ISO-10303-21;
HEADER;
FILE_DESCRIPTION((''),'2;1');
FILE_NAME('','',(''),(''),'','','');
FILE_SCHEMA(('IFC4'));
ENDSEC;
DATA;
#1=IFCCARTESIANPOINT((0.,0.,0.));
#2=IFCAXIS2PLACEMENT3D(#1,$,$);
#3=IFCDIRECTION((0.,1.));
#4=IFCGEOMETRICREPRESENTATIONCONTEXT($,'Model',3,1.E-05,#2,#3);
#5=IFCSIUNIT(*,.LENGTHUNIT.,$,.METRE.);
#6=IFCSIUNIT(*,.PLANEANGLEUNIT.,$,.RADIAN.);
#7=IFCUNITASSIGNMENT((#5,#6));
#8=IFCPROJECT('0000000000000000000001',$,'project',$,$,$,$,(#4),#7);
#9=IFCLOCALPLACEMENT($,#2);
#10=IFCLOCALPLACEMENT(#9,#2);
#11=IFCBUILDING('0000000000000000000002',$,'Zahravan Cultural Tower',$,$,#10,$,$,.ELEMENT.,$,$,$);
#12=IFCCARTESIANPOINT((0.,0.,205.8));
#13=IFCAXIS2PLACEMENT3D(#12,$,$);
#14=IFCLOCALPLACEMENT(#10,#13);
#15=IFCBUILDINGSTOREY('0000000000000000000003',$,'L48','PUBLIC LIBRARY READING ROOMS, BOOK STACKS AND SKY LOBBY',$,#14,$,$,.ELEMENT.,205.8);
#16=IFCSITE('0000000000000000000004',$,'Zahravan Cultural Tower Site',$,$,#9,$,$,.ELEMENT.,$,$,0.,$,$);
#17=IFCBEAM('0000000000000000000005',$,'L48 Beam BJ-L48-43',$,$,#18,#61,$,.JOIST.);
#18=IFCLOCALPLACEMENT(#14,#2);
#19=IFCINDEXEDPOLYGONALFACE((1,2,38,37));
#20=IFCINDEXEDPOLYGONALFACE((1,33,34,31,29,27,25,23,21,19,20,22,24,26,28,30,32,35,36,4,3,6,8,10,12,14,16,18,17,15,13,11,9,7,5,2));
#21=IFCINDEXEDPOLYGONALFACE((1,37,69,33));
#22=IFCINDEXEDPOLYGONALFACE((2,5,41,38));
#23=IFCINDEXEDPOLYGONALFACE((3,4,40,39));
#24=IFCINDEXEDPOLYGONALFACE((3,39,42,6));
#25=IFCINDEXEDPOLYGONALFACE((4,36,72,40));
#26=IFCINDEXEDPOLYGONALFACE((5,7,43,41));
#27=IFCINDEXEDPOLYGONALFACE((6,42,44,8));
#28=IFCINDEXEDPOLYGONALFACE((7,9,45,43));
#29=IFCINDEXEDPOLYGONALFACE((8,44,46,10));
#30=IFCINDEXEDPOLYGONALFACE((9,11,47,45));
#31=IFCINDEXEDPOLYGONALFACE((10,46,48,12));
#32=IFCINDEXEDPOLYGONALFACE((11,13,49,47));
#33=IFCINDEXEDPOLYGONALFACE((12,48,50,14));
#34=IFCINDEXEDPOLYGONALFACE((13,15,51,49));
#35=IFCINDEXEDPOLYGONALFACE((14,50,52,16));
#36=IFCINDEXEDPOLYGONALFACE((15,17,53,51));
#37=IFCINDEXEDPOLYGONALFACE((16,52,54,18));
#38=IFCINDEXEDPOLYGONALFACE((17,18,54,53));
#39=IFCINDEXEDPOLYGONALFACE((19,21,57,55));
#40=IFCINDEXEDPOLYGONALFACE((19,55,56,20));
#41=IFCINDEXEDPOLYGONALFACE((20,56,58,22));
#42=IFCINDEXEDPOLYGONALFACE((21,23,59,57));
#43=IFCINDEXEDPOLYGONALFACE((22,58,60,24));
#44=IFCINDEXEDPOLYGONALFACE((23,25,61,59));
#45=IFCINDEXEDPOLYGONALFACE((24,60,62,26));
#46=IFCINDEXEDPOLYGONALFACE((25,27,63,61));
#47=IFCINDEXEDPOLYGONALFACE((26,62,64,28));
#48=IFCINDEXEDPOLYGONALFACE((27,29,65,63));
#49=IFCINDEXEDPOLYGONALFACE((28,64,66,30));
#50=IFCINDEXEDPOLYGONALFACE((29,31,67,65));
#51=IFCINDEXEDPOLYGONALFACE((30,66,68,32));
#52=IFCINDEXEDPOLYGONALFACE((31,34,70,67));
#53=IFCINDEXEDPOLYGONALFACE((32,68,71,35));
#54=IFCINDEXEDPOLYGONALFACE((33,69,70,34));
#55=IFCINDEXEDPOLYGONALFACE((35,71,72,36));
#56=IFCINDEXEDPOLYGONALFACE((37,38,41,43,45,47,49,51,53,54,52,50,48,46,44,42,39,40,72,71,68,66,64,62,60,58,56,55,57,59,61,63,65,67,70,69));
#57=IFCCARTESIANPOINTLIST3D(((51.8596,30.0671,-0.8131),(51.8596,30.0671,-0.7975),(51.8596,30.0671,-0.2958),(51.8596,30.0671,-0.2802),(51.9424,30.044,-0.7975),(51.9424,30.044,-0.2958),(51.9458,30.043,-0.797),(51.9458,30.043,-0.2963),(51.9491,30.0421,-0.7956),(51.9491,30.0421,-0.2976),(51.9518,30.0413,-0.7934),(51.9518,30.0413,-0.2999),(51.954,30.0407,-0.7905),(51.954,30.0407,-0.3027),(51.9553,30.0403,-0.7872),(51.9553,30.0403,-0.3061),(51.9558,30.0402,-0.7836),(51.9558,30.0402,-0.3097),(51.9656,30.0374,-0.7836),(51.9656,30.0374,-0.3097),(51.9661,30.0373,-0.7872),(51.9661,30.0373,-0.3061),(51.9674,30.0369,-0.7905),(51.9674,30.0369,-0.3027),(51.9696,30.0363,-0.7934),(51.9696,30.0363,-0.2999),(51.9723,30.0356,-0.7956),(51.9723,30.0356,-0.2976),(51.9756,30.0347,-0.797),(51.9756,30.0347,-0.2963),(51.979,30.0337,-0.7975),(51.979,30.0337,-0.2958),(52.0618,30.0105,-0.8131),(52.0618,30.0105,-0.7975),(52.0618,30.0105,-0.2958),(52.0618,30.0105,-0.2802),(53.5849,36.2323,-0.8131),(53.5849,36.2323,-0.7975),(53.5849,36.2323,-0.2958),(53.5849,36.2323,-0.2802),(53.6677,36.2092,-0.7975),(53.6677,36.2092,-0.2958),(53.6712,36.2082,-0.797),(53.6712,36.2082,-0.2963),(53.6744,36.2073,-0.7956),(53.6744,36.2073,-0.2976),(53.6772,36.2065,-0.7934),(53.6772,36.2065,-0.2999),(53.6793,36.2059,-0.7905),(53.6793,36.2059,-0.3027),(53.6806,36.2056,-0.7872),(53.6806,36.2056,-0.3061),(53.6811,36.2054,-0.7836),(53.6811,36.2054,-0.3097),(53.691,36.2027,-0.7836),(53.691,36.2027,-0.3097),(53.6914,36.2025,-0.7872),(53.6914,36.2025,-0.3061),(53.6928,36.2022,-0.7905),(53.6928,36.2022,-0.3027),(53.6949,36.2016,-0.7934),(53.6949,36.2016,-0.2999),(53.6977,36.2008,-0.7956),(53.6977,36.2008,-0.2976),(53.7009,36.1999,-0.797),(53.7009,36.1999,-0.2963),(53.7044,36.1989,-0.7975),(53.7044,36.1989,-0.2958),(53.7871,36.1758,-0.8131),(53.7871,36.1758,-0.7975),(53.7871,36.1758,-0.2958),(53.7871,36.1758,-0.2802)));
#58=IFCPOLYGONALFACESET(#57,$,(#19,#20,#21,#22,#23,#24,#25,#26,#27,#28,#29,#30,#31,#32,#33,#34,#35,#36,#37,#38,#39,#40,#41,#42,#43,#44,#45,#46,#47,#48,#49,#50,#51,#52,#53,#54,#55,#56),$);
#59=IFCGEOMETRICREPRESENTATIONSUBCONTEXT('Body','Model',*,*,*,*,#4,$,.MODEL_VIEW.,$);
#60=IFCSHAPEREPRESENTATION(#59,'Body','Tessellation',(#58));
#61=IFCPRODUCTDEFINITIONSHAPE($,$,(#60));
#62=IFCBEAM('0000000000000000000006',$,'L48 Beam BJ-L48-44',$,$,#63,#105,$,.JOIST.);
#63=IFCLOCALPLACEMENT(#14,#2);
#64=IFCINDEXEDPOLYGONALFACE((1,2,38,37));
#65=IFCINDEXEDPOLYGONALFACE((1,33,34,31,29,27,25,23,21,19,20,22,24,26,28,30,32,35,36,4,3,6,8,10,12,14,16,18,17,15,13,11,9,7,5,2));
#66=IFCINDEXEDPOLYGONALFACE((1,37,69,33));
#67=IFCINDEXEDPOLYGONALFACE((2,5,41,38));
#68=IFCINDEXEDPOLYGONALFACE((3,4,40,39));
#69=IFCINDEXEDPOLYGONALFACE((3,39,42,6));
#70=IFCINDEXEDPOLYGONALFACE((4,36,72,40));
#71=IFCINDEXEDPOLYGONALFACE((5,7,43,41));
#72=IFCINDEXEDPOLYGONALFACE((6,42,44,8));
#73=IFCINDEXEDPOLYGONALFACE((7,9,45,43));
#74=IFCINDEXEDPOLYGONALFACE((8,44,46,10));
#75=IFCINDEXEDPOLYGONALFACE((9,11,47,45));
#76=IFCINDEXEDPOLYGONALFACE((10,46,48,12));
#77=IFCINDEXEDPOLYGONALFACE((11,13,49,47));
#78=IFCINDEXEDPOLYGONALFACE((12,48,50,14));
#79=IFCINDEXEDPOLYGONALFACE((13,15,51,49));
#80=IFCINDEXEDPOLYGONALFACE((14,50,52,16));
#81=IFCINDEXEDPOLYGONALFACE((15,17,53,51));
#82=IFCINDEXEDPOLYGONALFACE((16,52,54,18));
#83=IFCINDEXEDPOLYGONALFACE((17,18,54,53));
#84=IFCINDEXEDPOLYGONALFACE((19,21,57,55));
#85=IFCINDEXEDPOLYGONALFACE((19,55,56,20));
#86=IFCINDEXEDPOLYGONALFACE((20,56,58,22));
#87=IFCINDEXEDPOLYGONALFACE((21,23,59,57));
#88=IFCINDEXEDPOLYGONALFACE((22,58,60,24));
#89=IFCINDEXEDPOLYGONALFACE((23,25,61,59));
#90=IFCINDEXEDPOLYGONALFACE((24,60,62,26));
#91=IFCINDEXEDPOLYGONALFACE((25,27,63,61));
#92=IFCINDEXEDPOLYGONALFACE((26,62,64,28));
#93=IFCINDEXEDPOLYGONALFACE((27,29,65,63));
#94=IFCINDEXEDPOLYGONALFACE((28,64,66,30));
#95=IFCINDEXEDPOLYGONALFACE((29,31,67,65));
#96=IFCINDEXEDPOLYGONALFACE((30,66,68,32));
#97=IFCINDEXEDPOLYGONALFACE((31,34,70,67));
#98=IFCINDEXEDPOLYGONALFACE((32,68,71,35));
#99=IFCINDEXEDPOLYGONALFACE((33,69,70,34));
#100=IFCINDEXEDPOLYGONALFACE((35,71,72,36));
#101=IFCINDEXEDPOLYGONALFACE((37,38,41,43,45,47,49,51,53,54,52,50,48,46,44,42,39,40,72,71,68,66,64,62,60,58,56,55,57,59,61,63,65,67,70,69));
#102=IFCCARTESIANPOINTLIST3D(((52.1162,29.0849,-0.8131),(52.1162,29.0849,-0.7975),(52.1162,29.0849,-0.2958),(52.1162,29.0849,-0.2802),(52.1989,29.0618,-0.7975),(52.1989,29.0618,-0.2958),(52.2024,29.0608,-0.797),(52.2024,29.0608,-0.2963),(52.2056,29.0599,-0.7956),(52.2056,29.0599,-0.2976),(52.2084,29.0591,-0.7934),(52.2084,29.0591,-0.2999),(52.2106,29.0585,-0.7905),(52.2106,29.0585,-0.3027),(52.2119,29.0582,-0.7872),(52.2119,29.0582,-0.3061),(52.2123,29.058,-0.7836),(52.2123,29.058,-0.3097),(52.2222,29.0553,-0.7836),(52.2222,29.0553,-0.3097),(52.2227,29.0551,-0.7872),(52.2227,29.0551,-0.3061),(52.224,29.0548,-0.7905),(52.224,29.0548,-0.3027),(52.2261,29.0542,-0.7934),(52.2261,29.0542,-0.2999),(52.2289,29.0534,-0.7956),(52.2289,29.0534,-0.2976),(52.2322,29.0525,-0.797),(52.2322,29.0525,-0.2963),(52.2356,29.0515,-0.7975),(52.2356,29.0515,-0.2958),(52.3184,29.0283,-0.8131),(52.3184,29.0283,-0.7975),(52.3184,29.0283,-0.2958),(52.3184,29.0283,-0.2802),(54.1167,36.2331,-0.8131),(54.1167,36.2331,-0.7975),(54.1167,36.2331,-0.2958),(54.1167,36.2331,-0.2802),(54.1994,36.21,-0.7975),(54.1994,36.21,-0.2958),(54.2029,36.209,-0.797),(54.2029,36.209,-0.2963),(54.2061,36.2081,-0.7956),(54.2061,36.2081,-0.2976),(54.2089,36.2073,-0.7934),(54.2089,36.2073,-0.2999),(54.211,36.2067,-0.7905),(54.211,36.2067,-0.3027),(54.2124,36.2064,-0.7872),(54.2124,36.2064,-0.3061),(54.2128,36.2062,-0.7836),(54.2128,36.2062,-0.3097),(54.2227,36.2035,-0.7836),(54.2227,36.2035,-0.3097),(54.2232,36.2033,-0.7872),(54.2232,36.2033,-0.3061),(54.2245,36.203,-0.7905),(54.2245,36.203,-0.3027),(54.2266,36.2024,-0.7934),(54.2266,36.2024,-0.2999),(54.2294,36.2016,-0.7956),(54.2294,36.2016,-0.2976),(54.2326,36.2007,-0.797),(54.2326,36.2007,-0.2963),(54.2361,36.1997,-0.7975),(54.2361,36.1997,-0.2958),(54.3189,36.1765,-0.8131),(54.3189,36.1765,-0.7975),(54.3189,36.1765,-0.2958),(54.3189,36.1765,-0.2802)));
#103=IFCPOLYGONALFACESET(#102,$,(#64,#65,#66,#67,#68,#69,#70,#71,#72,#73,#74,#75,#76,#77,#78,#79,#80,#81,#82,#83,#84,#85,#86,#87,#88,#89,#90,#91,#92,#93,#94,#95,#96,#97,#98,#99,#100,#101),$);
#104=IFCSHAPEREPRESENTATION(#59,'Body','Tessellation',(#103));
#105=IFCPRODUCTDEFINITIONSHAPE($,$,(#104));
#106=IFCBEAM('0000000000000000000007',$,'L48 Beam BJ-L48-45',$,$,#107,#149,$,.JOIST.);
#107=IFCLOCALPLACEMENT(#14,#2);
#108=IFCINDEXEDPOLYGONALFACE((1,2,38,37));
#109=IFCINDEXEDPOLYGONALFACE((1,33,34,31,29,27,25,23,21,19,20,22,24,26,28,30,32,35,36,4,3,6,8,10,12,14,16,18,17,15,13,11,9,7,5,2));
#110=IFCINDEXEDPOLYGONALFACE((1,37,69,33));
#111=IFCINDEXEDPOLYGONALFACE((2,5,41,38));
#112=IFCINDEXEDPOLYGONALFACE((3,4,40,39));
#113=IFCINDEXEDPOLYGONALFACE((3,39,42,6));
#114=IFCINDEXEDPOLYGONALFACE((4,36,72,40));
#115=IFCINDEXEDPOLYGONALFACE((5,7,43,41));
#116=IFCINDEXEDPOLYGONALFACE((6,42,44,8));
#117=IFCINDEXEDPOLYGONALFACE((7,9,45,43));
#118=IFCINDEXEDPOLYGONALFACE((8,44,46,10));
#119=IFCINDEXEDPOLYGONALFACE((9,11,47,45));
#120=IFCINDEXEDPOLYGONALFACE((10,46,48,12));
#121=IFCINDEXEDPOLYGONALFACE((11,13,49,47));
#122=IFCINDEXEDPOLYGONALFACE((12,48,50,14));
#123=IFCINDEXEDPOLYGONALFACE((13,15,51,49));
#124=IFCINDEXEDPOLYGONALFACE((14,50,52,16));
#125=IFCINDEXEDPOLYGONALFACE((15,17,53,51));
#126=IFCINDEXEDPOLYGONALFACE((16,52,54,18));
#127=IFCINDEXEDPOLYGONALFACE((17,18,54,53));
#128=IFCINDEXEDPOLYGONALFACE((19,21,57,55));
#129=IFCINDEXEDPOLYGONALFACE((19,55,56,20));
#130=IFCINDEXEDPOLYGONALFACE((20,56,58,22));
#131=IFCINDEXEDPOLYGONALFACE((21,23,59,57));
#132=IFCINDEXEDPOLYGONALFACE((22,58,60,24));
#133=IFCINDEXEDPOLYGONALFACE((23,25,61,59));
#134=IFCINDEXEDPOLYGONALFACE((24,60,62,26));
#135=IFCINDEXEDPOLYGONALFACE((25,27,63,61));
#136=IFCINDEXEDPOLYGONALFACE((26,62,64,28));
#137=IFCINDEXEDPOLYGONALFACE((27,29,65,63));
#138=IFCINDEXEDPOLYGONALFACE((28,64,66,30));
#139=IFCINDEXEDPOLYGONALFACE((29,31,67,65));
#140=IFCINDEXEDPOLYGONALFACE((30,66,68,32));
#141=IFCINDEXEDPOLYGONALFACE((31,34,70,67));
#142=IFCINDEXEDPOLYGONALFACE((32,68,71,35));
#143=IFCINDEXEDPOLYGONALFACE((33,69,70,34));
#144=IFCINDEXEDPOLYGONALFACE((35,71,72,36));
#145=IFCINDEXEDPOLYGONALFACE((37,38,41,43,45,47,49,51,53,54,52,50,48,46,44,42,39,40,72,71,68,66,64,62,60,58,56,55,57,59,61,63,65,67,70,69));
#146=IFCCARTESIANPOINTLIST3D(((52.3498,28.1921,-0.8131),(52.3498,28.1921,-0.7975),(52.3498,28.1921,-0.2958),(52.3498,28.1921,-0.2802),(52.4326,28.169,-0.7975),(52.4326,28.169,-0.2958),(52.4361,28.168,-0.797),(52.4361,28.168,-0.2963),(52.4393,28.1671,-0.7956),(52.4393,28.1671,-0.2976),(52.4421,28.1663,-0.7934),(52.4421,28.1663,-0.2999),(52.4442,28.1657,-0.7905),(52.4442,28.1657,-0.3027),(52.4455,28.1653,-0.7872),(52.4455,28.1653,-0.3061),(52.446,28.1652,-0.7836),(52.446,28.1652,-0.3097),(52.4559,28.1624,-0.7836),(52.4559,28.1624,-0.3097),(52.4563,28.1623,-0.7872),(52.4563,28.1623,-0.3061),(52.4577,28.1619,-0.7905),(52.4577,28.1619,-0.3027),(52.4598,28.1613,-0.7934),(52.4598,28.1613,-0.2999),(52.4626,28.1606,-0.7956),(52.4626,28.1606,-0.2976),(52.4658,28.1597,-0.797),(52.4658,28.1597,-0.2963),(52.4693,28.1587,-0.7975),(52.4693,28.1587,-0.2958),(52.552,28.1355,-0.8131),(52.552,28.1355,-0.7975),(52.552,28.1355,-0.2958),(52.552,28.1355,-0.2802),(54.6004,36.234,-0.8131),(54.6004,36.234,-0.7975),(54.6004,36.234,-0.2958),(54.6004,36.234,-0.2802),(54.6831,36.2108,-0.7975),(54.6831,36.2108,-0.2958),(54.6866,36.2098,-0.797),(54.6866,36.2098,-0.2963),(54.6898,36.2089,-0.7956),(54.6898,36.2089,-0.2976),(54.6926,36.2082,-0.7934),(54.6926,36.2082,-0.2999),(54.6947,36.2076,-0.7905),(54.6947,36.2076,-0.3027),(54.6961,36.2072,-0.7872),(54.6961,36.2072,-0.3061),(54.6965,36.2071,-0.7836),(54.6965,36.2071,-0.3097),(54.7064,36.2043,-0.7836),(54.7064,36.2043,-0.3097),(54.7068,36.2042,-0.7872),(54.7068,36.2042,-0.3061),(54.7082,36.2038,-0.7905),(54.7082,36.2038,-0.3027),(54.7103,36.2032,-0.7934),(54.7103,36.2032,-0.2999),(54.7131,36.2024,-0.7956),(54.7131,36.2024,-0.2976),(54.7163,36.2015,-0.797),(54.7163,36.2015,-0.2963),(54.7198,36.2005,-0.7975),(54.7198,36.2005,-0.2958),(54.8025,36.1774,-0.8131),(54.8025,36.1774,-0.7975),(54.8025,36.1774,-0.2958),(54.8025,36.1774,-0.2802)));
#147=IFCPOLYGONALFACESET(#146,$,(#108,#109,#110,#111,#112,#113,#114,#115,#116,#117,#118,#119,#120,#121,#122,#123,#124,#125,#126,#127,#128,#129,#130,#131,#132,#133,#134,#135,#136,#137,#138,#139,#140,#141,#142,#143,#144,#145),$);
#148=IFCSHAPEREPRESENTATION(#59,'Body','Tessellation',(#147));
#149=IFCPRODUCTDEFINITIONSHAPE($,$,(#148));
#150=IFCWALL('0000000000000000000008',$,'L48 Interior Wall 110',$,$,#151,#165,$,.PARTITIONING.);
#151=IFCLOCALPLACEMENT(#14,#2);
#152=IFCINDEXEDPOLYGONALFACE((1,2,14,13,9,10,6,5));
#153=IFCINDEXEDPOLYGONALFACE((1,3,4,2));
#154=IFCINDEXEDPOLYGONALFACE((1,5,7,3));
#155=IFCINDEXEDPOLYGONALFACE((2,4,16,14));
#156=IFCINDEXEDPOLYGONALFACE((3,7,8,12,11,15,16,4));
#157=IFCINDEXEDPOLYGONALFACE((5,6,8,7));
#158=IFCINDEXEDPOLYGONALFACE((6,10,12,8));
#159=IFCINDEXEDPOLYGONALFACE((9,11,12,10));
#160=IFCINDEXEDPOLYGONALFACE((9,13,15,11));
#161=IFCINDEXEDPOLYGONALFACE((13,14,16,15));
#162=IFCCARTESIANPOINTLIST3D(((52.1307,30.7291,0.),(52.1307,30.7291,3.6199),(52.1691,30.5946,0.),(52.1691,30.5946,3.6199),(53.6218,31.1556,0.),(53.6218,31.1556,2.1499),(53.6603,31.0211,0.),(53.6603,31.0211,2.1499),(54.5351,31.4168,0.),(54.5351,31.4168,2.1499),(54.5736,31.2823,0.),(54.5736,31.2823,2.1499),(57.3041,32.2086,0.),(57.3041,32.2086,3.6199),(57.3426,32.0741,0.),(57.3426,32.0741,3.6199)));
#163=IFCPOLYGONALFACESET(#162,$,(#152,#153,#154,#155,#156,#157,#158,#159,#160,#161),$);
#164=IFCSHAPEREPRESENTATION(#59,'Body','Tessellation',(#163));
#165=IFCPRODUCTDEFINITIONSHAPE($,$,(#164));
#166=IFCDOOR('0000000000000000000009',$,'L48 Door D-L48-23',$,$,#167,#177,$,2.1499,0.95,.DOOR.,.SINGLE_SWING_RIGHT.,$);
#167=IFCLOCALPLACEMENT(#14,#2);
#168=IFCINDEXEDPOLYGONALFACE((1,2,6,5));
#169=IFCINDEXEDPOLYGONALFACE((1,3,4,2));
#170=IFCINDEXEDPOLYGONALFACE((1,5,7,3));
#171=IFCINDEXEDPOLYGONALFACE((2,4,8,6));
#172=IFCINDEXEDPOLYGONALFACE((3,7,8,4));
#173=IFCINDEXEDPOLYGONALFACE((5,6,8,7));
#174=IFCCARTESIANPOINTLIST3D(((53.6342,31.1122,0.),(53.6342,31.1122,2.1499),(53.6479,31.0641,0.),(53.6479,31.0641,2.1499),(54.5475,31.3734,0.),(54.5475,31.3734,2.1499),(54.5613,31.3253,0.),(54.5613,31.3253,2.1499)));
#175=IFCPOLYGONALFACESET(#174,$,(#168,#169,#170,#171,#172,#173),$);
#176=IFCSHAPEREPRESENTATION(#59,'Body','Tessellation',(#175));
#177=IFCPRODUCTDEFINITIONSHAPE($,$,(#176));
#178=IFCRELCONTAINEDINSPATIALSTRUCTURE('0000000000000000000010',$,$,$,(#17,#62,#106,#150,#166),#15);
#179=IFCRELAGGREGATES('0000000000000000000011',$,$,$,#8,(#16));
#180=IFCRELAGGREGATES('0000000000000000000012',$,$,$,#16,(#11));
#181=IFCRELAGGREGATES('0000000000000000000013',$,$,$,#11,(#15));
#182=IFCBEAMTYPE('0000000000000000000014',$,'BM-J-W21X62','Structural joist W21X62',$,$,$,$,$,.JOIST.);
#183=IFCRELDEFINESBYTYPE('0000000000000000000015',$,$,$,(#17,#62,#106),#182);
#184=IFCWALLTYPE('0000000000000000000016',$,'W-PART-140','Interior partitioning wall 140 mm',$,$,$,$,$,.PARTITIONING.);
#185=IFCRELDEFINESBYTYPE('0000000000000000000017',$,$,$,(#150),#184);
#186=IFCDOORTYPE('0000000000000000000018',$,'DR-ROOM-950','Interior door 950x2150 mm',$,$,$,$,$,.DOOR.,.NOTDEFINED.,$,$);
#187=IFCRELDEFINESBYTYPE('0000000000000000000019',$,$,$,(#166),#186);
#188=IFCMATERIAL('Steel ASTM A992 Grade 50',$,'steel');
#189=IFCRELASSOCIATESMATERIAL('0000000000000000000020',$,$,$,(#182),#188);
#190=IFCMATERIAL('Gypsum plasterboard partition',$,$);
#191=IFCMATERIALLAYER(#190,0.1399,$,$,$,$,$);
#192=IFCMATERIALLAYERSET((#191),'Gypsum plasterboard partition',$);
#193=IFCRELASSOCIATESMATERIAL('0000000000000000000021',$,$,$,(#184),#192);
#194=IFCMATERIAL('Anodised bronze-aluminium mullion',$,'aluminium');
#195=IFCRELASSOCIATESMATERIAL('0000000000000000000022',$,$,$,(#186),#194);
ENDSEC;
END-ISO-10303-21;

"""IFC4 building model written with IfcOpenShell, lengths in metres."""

from ifc_helpers import new_model, si_unit, direction, frame, frame_2d, origin, origin_2d, place, context, subcontext, project, spatial, rectangle, i_section, extrude, source, transform, mapped, material, layer, layer_set, material_profile, profile_set, type_object, element, fill, save


model = new_model("IFC4")

# Units and contexts
model_context = context("Model", 3, precision=1e-05, world=origin(), true_north=direction((0.0, 1.0)))
body_context = subcontext(model_context, "Body", "Model", "MODEL_VIEW")
ifc_project = project(units=[si_unit("LENGTHUNIT", "METRE"), si_unit("PLANEANGLEUNIT", "RADIAN")], contexts=[model_context])

# Site, building, storey
site_placement = place(None, origin())
site = spatial("IfcSite", under=ifc_project, at=site_placement, Name="Zahravan Cultural Tower Site", CompositionType="ELEMENT", RefElevation=0.0)
building_placement = place(site_placement, origin())
building = spatial("IfcBuilding", under=site, at=building_placement, Name="Zahravan Cultural Tower", CompositionType="ELEMENT")
storey_placement = place(building_placement, frame((0.0, 0.0, 205.8)))
storey = spatial("IfcBuildingStorey", under=building, at=storey_placement, Name="L48", Description="PUBLIC LIBRARY READING ROOMS, BOOK STACKS AND SKY LOBBY", CompositionType="ELEMENT", Elevation=205.8)

# Shared definitions
ifc_material_1 = material(Name="Steel ASTM A992 Grade 50", Category="steel")

# Beams
ifc_material_profile_1 = material_profile(ifc_material_1, i_section(OverallWidth=0.21, OverallDepth=0.533, WebThickness=0.0103, FlangeThickness=0.0156, FilletRadius=0.0139, at=origin_2d()), Name="W21X62")
ifc_profile_set_1 = profile_set([ifc_material_profile_1], Name="Steel ASTM A992 Grade 50")
beam_type_1 = type_object("IfcBeamType", Name="BM-J-W21X62", Description="Structural joist W21X62", PredefinedType="JOIST", material=ifc_profile_set_1)
shared_shape_1 = source(origin(), body_context, "Body", "SweptSolid", [
    extrude(i_section(OverallWidth=0.21, OverallDepth=0.533, WebThickness=0.0103, FlangeThickness=0.0156, FilletRadius=0.0139, at=origin_2d()), origin(), (0.0, 0.0, 1.0), 6.4021),
])
beam_1_placement = place(storey_placement, frame((51.9607, 30.0388, -0.5466), z_axis=(0.269494, 0.963002, 0.0), x_axis=(-0.963002, 0.269494, 0.0)))
element("IfcBeam", 1, at=beam_1_placement, inside=storey, type_object=beam_type_1, Name="L48 Beam BJ-L48-43", PredefinedType="JOIST", context=body_context, shape_type="MappedRepresentation", body=[
    mapped(shared_shape_1, transform((0.0, 0.0, 0.0), x_axis=(1.0, 0.0, 0.0), y_axis=(0.0, 1.0, 0.0), z_axis=(0.0, 0.0, 1.0), scale=1.0)),
])
shared_shape_2 = source(origin(), body_context, "Body", "SweptSolid", [
    extrude(i_section(OverallWidth=0.21, OverallDepth=0.533, WebThickness=0.0103, FlangeThickness=0.0156, FilletRadius=0.0139, at=origin_2d()), origin(), (0.0, 0.0, 1.0), 7.4229),
])
beam_2_placement = place(storey_placement, frame((52.2173, 29.0566, -0.5466), z_axis=(0.269504, 0.962999, 0.0), x_axis=(-0.962999, 0.269504, 0.0)))
element("IfcBeam", 2, at=beam_2_placement, inside=storey, type_object=beam_type_1, Name="L48 Beam BJ-L48-44", PredefinedType="JOIST", context=body_context, shape_type="MappedRepresentation", body=[
    mapped(shared_shape_2, transform((0.0, 0.0, 0.0), x_axis=(1.0, 0.0, 0.0), y_axis=(0.0, 1.0, 0.0), z_axis=(0.0, 0.0, 1.0), scale=1.0)),
])
shared_shape_3 = source(origin(), body_context, "Body", "SweptSolid", [
    extrude(i_section(OverallWidth=0.21, OverallDepth=0.533, WebThickness=0.0103, FlangeThickness=0.0156, FilletRadius=0.0139, at=origin_2d()), origin(), (0.0, 0.0, 1.0), 8.3508),
])
beam_3_placement = place(storey_placement, frame((52.4509, 28.1638, -0.5466), z_axis=(0.269497, 0.963001, 0.0), x_axis=(-0.963001, 0.269497, 0.0)))
element("IfcBeam", 3, at=beam_3_placement, inside=storey, type_object=beam_type_1, Name="L48 Beam BJ-L48-45", PredefinedType="JOIST", context=body_context, shape_type="MappedRepresentation", body=[
    mapped(shared_shape_3, transform((0.0, 0.0, 0.0), x_axis=(1.0, 0.0, 0.0), y_axis=(0.0, 1.0, 0.0), z_axis=(0.0, 0.0, 1.0), scale=1.0)),
])

# Wall, opening, door
ifc_material_2 = material(Name="Gypsum plasterboard partition")
ifc_layer_1 = layer(ifc_material_2, 0.1399)
ifc_layer_set_1 = layer_set([ifc_layer_1], Name="Gypsum plasterboard partition")
wall_type_1 = type_object("IfcWallType", Name="W-PART-140", Description="Interior partitioning wall 140 mm", PredefinedType="PARTITIONING", material=ifc_layer_set_1)
wall_1_placement = place(storey_placement, frame((52.1499, 30.6619, 0.0), z_axis=(0.0, 0.0, 1.0), x_axis=(0.961455, 0.274961, 0.0)))
wall_1 = element("IfcWall", 4, at=wall_1_placement, inside=storey, type_object=wall_type_1, Name="L48 Interior Wall 110", PredefinedType="PARTITIONING", context=body_context, shape_type="SweptSolid", body=[
    extrude(rectangle(XDim=5.3809, YDim=0.1399, at=frame_2d((2.6904, 0.0))), origin(), (0.0, 0.0, 1.0), 3.6199),
])
opening_1_placement = place(wall_1_placement, frame((1.5508, 0.0, 0.0)))
opening_1 = element("IfcOpeningElement", 5, at=opening_1_placement, cuts=wall_1, PredefinedType="OPENING", context=body_context, shape_type="SweptSolid", body=[
    extrude(rectangle(XDim=0.95, YDim=2.1499, at=frame_2d((0.4751, 1.075))), frame((0.0, 0.0798, 0.0), z_axis=(0.0, -1.0, 0.0), x_axis=(1.0, 0.0, 0.0)), (0.0, 0.0, 1.0), 0.1599),
])
ifc_material_3 = material(Name="Anodised bronze-aluminium mullion", Category="aluminium")
door_type = type_object("IfcDoorType", Name="DR-ROOM-950", Description="Interior door 950x2150 mm", OperationType="NOTDEFINED", PredefinedType="DOOR", material=ifc_material_3)
shared_shape_4 = source(origin(), body_context, "Body", "SweptSolid", [
    extrude(rectangle(XDim=0.95, YDim=2.1499, at=frame_2d((0.4751, 1.075))), frame((0.0, 0.0249, 0.0), z_axis=(0.0, -1.0, 0.0), x_axis=(1.0, 0.0, 0.0)), (0.0, 0.0, 1.0), 0.05),
])
door_1_placement = place(opening_1_placement, origin())
door_1 = element("IfcDoor", 6, at=door_1_placement, inside=storey, type_object=door_type, Name="L48 Door D-L48-23", OperationType="SINGLE_SWING_RIGHT", OverallHeight=2.1499, OverallWidth=0.95, PredefinedType="DOOR", context=body_context, shape_type="MappedRepresentation", body=[
    mapped(shared_shape_4, transform((0.0, 0.0, 0.0), x_axis=(1.0, 0.0, 0.0), y_axis=(0.0, 1.0, 0.0), z_axis=(0.0, 0.0, 1.0), scale=1.0)),
])
fill(opening_1, door_1)

save(model, "model.ifc")
